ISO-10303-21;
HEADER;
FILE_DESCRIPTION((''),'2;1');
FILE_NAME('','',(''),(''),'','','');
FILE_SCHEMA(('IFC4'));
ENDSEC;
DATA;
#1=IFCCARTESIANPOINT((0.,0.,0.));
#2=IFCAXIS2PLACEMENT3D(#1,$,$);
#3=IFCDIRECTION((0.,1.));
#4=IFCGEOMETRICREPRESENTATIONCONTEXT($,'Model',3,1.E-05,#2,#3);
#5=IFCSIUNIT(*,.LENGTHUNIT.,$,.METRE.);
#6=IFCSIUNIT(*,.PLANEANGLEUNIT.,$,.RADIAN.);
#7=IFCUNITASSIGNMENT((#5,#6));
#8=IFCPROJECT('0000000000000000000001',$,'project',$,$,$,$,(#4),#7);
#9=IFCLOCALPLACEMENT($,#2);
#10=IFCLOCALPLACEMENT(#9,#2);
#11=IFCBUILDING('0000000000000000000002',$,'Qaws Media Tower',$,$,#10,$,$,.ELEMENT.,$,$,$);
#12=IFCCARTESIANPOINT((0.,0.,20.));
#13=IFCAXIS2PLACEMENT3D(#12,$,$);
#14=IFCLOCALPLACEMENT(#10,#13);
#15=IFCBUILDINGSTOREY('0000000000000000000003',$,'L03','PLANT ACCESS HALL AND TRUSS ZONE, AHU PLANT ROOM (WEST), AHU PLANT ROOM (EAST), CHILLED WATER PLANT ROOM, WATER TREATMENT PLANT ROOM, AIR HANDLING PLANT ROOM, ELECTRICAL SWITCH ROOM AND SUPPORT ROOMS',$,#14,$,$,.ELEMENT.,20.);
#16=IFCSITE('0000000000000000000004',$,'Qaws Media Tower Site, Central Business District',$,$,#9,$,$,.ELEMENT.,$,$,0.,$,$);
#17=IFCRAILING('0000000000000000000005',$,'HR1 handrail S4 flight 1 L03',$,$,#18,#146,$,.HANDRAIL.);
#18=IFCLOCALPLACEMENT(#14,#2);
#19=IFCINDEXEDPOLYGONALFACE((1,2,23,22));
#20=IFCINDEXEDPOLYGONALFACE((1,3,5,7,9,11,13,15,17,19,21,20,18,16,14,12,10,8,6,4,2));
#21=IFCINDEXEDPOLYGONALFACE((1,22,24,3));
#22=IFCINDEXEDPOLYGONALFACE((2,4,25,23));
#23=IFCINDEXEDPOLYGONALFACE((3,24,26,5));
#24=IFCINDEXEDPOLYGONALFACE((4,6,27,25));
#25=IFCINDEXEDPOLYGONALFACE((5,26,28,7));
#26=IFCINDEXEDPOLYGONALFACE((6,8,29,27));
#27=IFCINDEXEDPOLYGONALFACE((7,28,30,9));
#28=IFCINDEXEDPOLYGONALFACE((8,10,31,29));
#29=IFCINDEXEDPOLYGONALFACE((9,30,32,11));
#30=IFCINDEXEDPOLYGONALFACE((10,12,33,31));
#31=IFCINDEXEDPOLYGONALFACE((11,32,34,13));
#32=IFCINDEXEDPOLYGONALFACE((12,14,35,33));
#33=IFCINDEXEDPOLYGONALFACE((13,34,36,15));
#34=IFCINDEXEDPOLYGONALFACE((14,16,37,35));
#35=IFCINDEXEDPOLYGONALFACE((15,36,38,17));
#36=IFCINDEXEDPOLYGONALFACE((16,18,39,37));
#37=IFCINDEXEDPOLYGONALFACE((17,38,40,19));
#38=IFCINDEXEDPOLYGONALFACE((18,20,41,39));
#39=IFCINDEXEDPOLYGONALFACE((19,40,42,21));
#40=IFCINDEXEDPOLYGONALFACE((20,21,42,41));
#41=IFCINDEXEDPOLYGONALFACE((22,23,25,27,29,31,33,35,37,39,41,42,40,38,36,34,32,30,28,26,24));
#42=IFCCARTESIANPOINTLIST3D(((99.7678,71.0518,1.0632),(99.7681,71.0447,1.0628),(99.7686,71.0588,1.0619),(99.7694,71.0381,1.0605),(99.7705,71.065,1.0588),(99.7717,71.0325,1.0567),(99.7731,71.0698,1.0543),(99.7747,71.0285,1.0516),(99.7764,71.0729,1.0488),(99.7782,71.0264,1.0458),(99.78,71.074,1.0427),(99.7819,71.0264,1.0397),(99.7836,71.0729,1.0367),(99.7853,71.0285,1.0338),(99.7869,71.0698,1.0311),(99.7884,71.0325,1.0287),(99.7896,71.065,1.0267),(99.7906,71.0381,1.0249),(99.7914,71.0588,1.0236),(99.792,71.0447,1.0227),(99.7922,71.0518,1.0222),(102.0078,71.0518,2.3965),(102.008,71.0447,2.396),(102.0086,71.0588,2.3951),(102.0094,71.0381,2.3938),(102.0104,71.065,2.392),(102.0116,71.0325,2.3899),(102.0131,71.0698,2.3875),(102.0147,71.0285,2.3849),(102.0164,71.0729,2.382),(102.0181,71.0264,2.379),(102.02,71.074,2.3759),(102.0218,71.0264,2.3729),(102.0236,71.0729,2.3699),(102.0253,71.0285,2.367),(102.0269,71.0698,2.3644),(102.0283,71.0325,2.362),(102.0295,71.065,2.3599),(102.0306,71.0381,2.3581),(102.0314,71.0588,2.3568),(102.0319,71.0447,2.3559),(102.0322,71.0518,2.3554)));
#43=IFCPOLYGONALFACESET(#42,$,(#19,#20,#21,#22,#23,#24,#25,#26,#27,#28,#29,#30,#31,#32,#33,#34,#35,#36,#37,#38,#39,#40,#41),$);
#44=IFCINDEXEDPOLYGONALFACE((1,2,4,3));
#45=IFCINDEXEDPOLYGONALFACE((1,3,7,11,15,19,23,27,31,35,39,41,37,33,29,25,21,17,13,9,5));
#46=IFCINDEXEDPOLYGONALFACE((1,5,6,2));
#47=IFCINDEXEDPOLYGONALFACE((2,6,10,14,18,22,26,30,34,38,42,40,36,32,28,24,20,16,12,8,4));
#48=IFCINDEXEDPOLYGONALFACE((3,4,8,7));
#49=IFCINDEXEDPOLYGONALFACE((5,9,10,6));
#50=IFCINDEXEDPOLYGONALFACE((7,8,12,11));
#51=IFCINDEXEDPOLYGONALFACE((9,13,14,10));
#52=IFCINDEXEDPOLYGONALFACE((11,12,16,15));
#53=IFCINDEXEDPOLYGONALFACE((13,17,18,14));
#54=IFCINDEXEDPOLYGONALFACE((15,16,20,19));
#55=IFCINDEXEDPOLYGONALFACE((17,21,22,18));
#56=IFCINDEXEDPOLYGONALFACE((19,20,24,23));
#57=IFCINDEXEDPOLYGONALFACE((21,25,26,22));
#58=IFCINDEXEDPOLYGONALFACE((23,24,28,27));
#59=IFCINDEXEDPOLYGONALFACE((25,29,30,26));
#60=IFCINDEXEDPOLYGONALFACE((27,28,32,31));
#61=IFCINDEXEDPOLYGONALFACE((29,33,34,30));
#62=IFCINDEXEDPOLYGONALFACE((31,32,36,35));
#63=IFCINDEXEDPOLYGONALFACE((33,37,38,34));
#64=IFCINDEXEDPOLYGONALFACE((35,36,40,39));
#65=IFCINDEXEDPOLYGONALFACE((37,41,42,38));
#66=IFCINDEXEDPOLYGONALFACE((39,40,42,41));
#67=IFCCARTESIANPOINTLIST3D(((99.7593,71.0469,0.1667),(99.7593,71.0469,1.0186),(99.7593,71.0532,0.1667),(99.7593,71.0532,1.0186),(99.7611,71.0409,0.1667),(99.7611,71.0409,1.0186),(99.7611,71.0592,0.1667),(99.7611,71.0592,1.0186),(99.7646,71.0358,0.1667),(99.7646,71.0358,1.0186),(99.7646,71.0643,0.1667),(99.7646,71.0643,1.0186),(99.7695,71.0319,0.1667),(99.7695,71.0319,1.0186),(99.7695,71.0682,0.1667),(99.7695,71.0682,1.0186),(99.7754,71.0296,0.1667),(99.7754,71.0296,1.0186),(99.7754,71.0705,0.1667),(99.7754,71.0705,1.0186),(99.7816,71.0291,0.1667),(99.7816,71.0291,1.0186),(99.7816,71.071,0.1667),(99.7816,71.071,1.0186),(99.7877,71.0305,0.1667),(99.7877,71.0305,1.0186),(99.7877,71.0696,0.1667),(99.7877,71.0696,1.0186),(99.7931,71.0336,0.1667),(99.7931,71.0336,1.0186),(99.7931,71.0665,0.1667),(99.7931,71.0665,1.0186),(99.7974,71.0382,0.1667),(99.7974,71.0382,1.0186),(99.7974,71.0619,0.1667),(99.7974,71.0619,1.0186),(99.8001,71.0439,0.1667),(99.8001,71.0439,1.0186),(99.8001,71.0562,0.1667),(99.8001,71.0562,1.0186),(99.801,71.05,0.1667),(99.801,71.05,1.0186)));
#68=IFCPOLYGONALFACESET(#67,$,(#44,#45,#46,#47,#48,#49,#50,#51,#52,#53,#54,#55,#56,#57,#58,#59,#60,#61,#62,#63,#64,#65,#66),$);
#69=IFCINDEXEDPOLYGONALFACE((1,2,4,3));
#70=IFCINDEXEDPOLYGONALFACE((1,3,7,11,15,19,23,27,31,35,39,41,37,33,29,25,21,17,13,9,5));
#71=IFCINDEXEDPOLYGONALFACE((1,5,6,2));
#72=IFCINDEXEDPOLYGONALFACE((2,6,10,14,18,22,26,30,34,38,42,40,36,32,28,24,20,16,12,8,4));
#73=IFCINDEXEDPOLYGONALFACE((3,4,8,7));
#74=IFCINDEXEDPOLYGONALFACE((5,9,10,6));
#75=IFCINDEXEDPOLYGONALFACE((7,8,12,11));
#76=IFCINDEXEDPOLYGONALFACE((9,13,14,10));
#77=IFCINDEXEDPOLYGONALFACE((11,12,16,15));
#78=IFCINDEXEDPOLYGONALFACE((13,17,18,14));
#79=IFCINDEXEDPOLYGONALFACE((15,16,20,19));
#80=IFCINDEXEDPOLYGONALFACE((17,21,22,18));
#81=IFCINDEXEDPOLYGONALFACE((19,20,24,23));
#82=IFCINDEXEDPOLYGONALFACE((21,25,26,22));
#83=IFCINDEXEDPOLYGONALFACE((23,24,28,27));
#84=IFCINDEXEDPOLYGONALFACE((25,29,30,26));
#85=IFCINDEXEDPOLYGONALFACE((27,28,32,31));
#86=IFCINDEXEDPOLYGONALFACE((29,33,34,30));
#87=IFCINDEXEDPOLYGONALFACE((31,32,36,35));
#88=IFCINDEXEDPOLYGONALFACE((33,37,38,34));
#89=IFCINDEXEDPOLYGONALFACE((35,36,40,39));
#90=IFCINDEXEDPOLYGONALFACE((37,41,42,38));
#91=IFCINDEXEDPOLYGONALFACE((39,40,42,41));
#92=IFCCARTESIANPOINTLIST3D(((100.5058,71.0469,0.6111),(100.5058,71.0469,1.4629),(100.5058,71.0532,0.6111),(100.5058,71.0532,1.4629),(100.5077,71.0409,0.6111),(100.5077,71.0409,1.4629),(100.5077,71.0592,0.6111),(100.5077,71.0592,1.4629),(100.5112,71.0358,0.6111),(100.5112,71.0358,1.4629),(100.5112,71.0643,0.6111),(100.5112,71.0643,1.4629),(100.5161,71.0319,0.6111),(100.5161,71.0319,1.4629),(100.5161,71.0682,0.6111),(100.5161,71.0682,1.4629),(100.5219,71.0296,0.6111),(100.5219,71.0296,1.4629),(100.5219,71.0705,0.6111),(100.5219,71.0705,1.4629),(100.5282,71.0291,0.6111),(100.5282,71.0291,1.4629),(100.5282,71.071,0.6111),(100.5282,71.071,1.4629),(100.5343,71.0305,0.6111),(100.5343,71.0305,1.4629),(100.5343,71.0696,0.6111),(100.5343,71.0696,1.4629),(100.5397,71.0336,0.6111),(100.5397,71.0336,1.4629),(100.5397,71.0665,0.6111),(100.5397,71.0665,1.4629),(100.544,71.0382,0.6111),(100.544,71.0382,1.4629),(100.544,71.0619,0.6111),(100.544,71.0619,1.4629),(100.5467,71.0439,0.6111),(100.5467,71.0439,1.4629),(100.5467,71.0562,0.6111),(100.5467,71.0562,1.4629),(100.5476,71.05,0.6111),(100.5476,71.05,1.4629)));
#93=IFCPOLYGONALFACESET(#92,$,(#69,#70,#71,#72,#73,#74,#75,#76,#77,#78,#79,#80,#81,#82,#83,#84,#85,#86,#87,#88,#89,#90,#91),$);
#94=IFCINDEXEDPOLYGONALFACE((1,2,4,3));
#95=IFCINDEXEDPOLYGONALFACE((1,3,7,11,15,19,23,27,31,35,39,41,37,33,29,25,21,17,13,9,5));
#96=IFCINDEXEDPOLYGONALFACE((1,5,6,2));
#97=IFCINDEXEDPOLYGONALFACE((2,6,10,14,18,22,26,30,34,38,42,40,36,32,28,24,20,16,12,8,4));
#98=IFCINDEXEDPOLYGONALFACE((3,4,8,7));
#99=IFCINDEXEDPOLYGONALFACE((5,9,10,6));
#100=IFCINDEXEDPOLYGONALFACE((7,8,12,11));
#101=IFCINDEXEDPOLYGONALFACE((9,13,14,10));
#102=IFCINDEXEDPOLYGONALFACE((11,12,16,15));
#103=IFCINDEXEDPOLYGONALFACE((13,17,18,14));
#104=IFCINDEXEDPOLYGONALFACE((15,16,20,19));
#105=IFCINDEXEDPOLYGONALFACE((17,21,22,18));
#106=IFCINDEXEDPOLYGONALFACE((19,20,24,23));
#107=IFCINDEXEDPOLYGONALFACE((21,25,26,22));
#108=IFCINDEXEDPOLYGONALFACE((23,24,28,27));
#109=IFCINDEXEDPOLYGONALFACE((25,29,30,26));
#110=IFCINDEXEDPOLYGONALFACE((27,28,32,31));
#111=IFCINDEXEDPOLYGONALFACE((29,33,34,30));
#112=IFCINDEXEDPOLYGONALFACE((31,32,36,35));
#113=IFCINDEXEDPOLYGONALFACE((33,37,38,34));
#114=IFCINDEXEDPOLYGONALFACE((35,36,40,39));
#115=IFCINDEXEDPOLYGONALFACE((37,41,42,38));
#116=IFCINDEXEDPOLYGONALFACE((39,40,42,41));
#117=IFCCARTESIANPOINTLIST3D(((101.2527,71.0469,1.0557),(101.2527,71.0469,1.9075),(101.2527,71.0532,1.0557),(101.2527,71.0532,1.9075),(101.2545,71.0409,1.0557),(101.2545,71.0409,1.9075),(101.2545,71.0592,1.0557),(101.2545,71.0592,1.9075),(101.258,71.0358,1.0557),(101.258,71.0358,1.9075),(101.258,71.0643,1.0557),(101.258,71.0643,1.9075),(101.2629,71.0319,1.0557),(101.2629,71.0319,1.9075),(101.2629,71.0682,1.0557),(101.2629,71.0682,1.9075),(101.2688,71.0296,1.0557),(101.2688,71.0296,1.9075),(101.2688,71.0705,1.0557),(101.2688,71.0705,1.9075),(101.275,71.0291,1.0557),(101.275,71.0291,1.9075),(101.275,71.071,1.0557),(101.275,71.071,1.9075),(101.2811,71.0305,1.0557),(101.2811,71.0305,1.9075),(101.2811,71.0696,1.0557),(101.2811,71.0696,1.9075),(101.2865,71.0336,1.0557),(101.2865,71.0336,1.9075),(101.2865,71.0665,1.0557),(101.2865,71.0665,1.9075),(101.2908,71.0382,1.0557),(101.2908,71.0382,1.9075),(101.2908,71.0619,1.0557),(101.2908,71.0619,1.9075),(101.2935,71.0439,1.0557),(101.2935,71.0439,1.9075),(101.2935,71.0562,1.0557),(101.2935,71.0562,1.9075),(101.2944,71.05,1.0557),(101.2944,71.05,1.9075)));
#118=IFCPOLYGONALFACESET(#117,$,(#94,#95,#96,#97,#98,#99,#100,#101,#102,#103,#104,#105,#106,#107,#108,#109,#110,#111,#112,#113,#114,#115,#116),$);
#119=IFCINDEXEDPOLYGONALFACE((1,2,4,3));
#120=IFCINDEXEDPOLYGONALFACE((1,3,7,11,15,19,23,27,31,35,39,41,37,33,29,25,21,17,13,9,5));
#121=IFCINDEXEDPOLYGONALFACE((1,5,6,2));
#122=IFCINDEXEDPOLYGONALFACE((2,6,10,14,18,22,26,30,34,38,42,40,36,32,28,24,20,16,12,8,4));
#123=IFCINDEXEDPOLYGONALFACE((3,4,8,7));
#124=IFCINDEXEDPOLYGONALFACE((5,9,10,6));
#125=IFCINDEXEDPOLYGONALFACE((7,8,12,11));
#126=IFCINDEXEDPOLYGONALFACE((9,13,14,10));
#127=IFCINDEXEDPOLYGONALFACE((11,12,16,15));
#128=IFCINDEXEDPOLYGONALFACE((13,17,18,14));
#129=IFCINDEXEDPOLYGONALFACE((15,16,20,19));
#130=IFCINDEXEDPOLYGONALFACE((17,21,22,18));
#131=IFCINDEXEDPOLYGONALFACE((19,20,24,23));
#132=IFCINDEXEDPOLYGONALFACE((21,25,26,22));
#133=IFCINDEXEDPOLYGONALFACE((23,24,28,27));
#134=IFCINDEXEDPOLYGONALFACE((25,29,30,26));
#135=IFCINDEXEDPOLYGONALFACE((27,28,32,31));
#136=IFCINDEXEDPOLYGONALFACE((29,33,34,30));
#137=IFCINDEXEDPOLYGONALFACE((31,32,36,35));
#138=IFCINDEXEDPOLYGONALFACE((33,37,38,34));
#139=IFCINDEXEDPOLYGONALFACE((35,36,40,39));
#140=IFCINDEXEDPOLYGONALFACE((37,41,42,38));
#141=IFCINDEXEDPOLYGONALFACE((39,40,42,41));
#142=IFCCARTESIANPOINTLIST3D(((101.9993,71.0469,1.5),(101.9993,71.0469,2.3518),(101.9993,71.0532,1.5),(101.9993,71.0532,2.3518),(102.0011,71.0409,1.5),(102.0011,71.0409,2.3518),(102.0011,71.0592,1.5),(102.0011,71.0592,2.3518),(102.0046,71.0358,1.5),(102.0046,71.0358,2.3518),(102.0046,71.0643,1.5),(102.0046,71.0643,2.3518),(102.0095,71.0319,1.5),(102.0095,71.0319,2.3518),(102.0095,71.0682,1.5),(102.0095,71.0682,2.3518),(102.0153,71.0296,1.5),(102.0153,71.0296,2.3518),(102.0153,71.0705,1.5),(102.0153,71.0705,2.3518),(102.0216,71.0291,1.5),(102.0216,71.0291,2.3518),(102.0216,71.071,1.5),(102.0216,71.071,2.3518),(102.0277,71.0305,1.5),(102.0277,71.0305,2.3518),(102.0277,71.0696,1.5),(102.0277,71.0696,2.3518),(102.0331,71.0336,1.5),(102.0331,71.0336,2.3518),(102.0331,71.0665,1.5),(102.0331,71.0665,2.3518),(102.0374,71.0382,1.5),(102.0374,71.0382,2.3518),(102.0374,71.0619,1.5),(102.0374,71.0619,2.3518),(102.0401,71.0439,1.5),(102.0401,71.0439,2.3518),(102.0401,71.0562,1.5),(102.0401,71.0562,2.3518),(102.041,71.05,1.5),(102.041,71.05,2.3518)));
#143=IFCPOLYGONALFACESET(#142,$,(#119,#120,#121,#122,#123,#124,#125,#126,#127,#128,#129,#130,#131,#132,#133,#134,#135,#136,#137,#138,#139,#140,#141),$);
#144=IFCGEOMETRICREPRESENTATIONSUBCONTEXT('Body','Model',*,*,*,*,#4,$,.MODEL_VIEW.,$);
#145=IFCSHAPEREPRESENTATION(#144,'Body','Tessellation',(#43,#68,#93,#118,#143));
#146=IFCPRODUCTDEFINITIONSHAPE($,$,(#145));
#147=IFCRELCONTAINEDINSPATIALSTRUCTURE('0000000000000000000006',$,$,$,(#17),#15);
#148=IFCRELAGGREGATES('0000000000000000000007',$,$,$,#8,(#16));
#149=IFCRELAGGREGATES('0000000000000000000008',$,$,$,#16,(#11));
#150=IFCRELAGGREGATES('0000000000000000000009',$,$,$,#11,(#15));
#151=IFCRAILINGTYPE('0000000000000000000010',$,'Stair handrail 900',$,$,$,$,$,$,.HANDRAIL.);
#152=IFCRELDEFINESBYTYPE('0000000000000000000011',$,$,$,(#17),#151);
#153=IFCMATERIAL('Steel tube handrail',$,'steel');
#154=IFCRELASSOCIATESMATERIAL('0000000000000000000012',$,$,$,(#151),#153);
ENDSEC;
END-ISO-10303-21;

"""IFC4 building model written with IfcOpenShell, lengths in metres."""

from ifc_helpers import new_model, si_unit, direction, frame, origin, origin_2d, place, context, subcontext, project, spatial, circle, extrude, material, type_object, element, save


model = new_model("IFC4")

# Units and contexts
model_context = context("Model", 3, precision=1e-05, world=origin(), true_north=direction((0.0, 1.0)))
body_context = subcontext(model_context, "Body", "Model", "MODEL_VIEW")
ifc_project = project(units=[si_unit("LENGTHUNIT", "METRE"), si_unit("PLANEANGLEUNIT", "RADIAN")], contexts=[model_context])

# Site, building, storey
site_placement = place(None, origin())
site = spatial("IfcSite", under=ifc_project, at=site_placement, Name="Qaws Media Tower Site, Central Business District", CompositionType="ELEMENT", RefElevation=0.0)
building_placement = place(site_placement, origin())
building = spatial("IfcBuilding", under=site, at=building_placement, Name="Qaws Media Tower", CompositionType="ELEMENT")
storey_placement = place(building_placement, frame((0.0, 0.0, 20.0)))
storey = spatial("IfcBuildingStorey", under=building, at=storey_placement, Name="L03", Description="PLANT ACCESS HALL AND TRUSS ZONE, AHU PLANT ROOM (WEST), AHU PLANT ROOM (EAST), CHILLED WATER PLANT ROOM, WATER TREATMENT PLANT ROOM, AIR HANDLING PLANT ROOM, ELECTRICAL SWITCH ROOM AND SUPPORT ROOMS", CompositionType="ELEMENT", Elevation=20.0)

# Railing
ifc_material_1 = material(Name="Steel tube handrail", Category="steel")
railing_type_1 = type_object("IfcRailingType", Name="Stair handrail 900", PredefinedType="HANDRAIL", material=ifc_material_1)
for number, where, name in (
    (1, (99.78, 71.05, 0.1667), "HR1 handrail S4 flight 1 L03"),
):
    element("IfcRailing", number, at=place(storey_placement, frame(where)), inside=storey, type_object=railing_type_1, Name=name, PredefinedType="HANDRAIL", context=body_context, shape_type="SweptSolid", body=[
        extrude(circle(Radius=0.0239, at=origin_2d()), frame((0.0, 0.0, 0.876), z_axis=(0.859306, 0.0, 0.511462), x_axis=(0.0, 1.0, 0.0)), (0.0, 0.0, 1.0), 2.6067),
        extrude(circle(Radius=0.021, at=origin_2d()), origin(), (0.0, 0.0, 1.0), 0.8518),
        extrude(circle(Radius=0.021, at=origin_2d()), frame((0.7466, 0.0, 0.4443)), (0.0, 0.0, 1.0), 0.8518),
        extrude(circle(Radius=0.021, at=origin_2d()), frame((1.4934, 0.0, 0.8889)), (0.0, 0.0, 1.0), 0.8518),
        extrude(circle(Radius=0.021, at=origin_2d()), frame((2.24, 0.0, 1.3333)), (0.0, 0.0, 1.0), 0.8518),
    ])

save(model, "model.ifc")
